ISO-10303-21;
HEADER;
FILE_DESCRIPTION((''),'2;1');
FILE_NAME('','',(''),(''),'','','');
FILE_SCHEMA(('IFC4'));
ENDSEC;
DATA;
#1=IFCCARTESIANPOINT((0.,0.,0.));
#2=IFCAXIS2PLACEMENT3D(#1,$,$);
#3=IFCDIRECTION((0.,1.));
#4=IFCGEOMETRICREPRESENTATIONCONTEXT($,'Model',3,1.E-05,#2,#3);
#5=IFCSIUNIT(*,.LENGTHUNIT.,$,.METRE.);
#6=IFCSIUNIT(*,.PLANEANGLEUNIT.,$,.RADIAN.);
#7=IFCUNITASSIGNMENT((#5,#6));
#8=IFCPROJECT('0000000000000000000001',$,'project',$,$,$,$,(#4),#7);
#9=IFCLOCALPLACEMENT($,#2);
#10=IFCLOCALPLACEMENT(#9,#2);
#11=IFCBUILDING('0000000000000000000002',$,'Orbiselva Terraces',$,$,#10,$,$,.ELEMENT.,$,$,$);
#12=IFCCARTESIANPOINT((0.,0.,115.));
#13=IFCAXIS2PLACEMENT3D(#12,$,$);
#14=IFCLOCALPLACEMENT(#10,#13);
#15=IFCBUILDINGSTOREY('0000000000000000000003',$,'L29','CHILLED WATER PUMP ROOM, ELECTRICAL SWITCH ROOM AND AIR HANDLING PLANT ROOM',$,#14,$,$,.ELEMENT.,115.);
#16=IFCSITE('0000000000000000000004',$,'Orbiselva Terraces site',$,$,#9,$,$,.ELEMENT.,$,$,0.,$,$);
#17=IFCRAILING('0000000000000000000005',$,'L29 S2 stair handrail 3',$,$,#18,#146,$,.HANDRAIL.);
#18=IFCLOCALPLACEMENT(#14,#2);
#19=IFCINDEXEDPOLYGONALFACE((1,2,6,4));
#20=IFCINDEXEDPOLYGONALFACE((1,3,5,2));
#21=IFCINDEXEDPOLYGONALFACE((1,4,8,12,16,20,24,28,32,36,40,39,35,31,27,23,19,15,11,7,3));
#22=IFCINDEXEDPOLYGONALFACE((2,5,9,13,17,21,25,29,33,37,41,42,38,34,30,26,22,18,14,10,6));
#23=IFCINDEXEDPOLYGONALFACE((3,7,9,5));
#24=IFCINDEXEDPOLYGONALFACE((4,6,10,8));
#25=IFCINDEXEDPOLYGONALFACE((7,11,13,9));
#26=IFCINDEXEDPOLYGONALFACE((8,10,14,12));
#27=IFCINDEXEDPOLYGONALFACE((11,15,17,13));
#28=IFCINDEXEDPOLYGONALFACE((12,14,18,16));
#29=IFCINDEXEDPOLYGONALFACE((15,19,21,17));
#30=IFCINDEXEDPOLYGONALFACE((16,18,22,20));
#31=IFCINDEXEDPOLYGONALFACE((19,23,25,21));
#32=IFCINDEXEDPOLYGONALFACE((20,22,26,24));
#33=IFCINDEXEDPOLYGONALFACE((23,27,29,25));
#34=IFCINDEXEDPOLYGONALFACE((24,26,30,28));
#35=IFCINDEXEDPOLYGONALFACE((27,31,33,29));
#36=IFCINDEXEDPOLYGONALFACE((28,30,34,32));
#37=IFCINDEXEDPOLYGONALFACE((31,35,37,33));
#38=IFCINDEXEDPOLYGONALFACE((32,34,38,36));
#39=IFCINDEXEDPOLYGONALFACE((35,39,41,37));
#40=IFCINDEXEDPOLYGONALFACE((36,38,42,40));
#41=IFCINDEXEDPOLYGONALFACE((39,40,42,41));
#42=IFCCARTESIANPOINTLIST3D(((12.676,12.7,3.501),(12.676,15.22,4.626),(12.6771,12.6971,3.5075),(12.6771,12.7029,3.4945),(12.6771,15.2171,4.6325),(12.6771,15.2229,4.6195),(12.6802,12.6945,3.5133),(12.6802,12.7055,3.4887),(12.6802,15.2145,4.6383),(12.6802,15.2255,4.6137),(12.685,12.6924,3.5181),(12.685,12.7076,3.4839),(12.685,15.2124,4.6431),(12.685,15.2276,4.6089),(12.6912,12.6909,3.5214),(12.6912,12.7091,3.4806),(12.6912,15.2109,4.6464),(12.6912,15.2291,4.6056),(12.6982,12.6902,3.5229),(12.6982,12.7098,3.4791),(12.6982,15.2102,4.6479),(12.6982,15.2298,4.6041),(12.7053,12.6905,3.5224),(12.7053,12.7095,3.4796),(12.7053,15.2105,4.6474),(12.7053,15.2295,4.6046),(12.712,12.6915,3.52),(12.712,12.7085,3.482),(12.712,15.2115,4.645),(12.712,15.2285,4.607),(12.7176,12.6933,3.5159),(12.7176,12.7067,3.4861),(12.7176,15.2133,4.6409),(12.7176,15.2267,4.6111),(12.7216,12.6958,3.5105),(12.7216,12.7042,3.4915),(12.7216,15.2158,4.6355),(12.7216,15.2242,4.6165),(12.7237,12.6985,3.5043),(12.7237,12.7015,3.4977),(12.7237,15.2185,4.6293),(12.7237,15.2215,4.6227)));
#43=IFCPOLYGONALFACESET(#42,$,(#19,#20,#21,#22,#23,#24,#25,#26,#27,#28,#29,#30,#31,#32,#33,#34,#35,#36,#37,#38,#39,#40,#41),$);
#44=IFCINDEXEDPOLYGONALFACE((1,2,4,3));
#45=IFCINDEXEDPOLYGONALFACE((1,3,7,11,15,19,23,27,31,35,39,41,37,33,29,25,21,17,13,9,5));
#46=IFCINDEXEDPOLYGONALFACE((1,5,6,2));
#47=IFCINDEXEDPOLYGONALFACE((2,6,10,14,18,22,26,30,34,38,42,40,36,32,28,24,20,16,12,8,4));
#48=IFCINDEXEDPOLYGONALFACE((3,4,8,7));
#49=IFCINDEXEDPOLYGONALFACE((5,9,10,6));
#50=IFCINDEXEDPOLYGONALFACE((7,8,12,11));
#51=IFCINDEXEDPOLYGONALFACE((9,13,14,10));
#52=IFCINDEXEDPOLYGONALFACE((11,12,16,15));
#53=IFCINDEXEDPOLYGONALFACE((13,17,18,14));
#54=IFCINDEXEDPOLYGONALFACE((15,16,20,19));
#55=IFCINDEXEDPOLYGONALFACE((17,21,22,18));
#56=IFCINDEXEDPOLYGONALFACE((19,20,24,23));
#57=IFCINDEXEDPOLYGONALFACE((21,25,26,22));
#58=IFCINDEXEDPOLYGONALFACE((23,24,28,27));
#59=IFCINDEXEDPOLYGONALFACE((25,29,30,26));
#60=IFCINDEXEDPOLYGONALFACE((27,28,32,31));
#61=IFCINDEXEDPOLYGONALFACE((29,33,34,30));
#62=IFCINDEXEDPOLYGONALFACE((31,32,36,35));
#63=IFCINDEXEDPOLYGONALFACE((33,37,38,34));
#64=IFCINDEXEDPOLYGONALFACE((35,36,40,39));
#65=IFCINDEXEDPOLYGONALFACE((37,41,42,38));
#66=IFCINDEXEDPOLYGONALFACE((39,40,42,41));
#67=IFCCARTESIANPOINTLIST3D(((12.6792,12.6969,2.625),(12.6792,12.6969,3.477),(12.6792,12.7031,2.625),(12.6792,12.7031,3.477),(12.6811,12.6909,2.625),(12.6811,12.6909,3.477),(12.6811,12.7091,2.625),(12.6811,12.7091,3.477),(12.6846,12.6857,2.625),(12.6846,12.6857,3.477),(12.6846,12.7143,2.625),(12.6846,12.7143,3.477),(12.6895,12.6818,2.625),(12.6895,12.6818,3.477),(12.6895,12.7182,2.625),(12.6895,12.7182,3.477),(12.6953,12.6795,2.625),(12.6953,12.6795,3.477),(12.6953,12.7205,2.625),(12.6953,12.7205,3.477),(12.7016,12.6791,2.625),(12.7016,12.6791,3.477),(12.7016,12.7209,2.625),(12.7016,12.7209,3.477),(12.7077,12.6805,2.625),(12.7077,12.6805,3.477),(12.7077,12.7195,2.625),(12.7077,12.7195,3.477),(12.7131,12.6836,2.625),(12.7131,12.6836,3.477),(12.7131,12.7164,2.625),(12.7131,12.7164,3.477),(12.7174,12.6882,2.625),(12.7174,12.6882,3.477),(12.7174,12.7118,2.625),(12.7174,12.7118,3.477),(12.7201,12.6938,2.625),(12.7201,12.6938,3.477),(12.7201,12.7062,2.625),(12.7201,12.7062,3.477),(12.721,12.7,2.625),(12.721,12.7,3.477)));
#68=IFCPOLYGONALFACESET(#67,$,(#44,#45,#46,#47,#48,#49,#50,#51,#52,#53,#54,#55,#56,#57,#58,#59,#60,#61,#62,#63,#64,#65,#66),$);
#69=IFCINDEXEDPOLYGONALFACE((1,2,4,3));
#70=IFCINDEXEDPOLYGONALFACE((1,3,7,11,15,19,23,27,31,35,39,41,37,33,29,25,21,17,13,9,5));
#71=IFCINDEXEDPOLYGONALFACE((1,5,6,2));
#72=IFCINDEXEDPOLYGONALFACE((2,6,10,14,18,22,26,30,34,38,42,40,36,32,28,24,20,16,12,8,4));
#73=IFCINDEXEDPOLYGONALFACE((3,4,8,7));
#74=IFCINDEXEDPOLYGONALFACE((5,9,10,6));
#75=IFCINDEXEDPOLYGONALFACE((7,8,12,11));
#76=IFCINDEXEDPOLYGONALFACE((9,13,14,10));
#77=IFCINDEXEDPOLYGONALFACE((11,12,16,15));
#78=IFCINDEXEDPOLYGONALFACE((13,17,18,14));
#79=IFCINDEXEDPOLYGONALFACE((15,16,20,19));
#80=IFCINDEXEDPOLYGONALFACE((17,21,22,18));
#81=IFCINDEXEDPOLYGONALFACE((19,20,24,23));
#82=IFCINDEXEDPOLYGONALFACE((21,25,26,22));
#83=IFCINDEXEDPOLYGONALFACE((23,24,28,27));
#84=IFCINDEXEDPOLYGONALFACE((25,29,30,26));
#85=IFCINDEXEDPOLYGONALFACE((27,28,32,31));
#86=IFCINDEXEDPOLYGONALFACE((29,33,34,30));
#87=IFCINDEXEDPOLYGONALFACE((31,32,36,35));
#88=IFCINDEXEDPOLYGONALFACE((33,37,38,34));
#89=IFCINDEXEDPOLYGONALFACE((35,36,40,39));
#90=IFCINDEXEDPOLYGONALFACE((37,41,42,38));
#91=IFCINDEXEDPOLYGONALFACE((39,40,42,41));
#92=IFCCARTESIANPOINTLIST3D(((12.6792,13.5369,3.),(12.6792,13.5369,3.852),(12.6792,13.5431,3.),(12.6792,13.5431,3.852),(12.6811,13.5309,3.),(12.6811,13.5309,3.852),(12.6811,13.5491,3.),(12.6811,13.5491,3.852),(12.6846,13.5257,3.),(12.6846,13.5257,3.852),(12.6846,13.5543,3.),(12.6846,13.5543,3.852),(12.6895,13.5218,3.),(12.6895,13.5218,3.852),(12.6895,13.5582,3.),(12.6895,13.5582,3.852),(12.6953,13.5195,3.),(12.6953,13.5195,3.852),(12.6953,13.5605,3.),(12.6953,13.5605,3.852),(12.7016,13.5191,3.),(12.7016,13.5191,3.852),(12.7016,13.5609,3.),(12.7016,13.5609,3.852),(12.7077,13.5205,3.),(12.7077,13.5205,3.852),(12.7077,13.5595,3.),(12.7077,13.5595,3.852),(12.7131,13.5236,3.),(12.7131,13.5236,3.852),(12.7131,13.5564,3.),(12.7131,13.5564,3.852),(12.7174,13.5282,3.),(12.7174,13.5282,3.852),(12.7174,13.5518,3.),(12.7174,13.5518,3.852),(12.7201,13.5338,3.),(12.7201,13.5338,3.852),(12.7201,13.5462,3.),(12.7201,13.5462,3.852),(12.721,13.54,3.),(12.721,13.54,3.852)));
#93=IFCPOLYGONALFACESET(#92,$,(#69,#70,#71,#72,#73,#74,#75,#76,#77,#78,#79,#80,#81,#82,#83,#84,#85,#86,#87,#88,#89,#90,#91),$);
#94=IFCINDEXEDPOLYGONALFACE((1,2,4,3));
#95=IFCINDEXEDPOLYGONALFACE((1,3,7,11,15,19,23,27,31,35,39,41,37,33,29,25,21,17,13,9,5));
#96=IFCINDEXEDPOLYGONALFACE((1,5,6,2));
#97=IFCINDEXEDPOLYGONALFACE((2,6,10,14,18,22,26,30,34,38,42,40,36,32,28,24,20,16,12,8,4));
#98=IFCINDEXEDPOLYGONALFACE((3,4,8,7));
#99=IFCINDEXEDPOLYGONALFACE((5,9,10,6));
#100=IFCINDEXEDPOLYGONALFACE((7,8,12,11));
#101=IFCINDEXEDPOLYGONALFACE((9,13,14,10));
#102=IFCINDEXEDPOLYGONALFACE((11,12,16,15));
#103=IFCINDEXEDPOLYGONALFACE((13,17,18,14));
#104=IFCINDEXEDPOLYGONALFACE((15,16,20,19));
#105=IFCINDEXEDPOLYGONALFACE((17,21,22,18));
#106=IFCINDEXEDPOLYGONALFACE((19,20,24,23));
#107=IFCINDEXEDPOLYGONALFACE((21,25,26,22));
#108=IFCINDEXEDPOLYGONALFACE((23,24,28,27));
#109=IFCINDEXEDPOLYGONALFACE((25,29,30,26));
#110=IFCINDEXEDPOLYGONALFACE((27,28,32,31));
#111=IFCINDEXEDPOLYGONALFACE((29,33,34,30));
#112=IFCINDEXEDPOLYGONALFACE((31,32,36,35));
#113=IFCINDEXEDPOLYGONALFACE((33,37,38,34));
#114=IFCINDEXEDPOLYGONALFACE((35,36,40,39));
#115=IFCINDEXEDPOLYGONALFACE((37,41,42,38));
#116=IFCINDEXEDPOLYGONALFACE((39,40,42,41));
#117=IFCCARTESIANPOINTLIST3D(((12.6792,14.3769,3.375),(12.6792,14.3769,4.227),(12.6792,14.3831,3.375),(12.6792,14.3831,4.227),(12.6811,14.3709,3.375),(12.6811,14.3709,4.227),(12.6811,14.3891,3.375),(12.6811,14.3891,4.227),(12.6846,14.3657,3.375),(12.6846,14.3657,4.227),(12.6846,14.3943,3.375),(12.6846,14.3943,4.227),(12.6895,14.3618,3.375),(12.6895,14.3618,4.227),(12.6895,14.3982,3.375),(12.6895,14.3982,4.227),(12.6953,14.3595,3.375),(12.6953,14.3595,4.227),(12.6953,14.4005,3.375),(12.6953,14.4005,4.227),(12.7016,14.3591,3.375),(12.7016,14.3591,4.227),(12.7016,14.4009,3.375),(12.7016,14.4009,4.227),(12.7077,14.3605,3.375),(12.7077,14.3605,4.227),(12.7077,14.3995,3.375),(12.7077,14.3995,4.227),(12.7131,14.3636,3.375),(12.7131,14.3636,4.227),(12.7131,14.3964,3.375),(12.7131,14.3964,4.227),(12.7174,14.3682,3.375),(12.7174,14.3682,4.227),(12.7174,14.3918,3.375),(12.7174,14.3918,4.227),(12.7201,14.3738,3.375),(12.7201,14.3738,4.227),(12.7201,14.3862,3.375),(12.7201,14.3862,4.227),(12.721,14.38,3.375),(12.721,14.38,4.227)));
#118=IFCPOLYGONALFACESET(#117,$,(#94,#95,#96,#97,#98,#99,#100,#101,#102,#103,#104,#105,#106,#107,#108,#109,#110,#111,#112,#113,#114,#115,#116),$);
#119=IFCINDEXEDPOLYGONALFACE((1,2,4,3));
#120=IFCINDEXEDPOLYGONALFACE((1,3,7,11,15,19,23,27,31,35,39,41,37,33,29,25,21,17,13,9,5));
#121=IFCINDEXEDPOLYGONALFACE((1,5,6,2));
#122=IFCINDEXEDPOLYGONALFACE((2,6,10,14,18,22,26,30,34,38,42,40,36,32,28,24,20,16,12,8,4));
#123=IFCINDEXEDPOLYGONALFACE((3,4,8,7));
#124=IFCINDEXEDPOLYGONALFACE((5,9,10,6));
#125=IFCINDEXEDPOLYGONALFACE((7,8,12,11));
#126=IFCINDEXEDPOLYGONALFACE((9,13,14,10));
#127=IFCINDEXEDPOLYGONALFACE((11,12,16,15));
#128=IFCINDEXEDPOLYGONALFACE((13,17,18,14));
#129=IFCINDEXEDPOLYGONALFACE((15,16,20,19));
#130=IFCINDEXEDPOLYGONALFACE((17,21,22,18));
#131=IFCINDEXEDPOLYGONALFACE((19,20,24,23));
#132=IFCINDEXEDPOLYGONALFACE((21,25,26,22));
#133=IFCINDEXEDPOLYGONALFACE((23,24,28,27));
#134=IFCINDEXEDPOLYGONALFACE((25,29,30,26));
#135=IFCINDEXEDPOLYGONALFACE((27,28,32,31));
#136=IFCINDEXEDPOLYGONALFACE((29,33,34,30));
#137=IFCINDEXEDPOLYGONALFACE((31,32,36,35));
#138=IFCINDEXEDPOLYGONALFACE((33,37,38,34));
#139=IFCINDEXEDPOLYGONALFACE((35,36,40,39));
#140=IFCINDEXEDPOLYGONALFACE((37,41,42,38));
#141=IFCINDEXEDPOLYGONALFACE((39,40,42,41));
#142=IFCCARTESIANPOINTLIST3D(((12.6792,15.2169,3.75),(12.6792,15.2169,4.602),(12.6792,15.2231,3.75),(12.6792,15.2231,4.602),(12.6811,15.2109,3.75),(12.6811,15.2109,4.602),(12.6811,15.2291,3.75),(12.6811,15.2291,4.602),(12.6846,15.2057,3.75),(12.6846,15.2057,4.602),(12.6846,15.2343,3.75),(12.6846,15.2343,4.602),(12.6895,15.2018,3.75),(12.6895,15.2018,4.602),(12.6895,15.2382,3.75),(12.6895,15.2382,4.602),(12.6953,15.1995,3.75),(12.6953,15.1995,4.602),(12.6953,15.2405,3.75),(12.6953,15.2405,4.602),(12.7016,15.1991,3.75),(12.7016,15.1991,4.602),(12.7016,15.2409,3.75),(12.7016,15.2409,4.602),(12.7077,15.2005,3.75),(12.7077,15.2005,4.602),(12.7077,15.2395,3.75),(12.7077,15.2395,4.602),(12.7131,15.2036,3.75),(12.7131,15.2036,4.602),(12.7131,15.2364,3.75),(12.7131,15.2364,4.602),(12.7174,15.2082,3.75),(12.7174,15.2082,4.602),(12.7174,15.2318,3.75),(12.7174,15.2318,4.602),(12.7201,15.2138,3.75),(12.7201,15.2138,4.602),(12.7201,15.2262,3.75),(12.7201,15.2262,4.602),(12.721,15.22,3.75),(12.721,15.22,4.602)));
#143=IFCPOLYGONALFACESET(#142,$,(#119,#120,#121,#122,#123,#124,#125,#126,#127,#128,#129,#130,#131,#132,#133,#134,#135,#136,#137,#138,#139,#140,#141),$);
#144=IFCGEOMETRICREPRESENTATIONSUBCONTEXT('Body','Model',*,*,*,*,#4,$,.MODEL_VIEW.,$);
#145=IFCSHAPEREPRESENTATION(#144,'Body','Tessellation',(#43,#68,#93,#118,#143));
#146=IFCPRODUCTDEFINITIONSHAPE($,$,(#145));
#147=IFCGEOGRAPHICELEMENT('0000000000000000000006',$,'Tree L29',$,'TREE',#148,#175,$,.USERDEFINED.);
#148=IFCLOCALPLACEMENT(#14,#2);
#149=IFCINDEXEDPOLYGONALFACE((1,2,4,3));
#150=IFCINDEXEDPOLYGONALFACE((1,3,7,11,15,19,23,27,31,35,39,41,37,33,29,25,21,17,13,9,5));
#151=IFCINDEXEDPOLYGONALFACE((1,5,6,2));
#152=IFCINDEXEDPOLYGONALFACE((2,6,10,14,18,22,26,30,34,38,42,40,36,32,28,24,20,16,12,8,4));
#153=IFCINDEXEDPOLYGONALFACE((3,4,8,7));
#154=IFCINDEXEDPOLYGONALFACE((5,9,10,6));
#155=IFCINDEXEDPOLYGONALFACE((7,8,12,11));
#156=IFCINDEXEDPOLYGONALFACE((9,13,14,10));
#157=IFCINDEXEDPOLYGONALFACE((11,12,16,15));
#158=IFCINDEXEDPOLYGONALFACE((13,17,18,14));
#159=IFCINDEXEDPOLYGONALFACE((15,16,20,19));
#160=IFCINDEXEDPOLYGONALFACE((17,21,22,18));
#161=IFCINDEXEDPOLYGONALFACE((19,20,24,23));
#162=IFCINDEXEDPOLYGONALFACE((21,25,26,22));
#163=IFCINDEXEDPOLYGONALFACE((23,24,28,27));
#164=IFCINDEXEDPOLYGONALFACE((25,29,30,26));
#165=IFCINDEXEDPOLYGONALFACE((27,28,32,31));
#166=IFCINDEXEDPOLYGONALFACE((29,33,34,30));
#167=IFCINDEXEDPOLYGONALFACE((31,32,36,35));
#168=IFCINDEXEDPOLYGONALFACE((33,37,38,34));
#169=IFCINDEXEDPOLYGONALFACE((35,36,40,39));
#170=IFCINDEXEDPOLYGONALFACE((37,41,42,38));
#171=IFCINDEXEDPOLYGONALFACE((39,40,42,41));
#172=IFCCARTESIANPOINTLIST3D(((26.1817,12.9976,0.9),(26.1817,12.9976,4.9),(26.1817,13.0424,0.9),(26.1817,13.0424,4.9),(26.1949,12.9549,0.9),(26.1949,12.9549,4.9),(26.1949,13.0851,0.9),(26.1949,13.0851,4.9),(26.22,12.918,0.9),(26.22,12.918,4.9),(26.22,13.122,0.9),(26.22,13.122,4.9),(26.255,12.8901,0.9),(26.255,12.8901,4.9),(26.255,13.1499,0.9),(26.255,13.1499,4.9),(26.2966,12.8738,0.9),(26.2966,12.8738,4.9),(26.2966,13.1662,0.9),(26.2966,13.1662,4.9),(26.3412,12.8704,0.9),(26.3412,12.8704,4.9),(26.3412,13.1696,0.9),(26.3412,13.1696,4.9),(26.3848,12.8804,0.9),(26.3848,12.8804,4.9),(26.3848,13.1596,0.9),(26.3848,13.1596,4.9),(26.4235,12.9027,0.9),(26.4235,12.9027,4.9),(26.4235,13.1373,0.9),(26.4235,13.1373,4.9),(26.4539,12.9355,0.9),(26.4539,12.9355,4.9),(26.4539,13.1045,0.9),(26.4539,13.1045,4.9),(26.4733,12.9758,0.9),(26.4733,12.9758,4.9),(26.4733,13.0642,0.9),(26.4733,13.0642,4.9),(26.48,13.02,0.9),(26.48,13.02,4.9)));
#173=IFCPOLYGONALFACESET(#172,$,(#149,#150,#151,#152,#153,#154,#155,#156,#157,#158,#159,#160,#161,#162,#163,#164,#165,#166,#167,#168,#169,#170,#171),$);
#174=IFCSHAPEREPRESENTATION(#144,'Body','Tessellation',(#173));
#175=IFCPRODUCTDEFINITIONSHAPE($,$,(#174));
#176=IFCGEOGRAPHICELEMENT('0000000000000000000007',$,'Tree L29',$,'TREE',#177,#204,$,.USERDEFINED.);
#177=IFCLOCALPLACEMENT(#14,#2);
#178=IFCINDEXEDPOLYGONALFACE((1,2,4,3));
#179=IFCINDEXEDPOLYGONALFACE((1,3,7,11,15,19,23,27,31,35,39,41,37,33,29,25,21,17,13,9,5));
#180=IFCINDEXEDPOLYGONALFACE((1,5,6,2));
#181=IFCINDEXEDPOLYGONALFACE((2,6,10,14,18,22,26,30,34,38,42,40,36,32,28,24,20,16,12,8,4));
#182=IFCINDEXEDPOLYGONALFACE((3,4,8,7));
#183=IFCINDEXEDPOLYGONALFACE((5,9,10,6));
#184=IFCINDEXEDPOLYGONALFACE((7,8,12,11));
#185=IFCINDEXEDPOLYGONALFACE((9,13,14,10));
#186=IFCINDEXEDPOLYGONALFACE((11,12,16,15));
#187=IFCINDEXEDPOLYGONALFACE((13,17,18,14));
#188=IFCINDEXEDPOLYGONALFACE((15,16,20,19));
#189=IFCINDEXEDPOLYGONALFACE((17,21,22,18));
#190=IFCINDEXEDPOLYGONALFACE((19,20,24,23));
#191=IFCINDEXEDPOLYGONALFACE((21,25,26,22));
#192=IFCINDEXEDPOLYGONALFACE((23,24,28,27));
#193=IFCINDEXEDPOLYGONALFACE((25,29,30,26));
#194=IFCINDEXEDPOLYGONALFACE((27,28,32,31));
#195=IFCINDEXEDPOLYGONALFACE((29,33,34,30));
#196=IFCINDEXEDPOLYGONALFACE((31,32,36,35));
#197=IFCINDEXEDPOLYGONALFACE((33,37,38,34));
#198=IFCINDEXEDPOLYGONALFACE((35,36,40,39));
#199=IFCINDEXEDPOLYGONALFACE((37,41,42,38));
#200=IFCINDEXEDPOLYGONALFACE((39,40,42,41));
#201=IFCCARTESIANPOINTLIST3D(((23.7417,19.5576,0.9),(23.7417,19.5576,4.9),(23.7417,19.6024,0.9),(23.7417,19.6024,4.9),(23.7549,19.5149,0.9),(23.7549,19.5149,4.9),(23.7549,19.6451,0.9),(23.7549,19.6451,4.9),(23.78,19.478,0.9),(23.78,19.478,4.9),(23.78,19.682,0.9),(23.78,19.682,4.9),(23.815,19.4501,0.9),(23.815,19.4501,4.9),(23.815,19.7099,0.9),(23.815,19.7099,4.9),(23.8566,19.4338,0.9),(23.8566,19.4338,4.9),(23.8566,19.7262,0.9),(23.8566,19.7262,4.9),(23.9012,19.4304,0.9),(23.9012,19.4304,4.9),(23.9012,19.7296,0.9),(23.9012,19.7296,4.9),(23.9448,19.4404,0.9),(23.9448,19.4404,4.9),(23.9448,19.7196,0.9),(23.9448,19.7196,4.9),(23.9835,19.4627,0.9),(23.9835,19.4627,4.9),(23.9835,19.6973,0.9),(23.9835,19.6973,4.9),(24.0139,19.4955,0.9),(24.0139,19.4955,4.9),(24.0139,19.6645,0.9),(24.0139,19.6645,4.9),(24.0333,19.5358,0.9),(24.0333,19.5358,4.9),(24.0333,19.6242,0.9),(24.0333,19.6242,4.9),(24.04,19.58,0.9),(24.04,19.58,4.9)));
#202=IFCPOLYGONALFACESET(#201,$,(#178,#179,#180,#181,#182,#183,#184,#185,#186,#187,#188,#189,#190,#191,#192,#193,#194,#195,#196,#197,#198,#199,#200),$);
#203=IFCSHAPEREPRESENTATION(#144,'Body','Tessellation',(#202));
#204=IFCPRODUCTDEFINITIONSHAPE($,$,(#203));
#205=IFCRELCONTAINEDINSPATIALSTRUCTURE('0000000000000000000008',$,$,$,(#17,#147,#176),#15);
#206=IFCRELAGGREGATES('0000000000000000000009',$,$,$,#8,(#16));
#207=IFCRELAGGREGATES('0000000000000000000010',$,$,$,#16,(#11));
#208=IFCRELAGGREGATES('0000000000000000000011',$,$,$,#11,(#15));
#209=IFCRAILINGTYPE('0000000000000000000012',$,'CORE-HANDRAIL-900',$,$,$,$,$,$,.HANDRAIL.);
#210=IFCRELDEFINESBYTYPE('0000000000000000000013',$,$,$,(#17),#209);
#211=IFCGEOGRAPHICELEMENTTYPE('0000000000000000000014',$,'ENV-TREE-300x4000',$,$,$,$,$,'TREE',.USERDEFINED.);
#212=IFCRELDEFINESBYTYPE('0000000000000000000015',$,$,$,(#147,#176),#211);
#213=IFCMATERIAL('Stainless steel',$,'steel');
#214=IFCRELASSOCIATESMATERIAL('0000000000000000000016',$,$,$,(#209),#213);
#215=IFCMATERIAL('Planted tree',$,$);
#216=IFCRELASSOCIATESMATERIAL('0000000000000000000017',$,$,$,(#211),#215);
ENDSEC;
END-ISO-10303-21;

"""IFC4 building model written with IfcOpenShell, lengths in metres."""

from ifc_helpers import new_model, si_unit, direction, frame, origin, origin_2d, place, context, subcontext, project, spatial, circle, extrude, material, type_object, element, save


model = new_model("IFC4")

# Units and contexts
model_context = context("Model", 3, precision=1e-05, world=origin(), true_north=direction((0.0, 1.0)))
body_context = subcontext(model_context, "Body", "Model", "MODEL_VIEW")
ifc_project = project(units=[si_unit("LENGTHUNIT", "METRE"), si_unit("PLANEANGLEUNIT", "RADIAN")], contexts=[model_context])

# Site, building, storey
site_placement = place(None, origin())
site = spatial("IfcSite", under=ifc_project, at=site_placement, Name="Orbiselva Terraces site", CompositionType="ELEMENT", RefElevation=0.0)
building_placement = place(site_placement, origin())
building = spatial("IfcBuilding", under=site, at=building_placement, Name="Orbiselva Terraces", CompositionType="ELEMENT")
storey_placement = place(building_placement, frame((0.0, 0.0, 115.0)))
storey = spatial("IfcBuildingStorey", under=building, at=storey_placement, Name="L29", Description="CHILLED WATER PUMP ROOM, ELECTRICAL SWITCH ROOM AND AIR HANDLING PLANT ROOM", CompositionType="ELEMENT", Elevation=115.0)

# Railing
ifc_material_1 = material(Name="Stainless steel", Category="steel")
railing_type = type_object("IfcRailingType", Name="CORE-HANDRAIL-900", PredefinedType="HANDRAIL", material=ifc_material_1)
for number, where, name in (
    (1, (12.7, 12.7, 2.625), "L29 S2 stair handrail 3"),
):
    element("IfcRailing", number, at=place(storey_placement, frame(where)), inside=storey, type_object=railing_type, Name=name, PredefinedType="HANDRAIL", context=body_context, shape_type="SweptSolid", body=[
        extrude(circle(Radius=0.024, at=origin_2d()), frame((0.0, 0.0, 0.876), z_axis=(0.0, 0.913138, 0.407651), x_axis=(-1.0, 0.0, 0.0)), (0.0, 0.0, 1.0), 2.7597),
        extrude(circle(Radius=0.021, at=origin_2d()), origin(), (0.0, 0.0, 1.0), 0.852),
        extrude(circle(Radius=0.021, at=origin_2d()), frame((0.0, 0.84, 0.375)), (0.0, 0.0, 1.0), 0.852),
        extrude(circle(Radius=0.021, at=origin_2d()), frame((0.0, 1.68, 0.75)), (0.0, 0.0, 1.0), 0.852),
        extrude(circle(Radius=0.021, at=origin_2d()), frame((0.0, 2.52, 1.125)), (0.0, 0.0, 1.0), 0.852),
    ])

# Geographic elements
ifc_material_2 = material(Name="Planted tree")
geographic_element_type = type_object("IfcGeographicElementType", Name="ENV-TREE-300x4000", ElementType="TREE", PredefinedType="USERDEFINED", material=ifc_material_2)
for number, where, z_axis, x_axis, name in (
    (2, (26.33, 13.02, 4.9), (0.0, 0.0, -1.0), (1.0, 0.0, 0.0), "Tree L29"),
    (3, (23.89, 19.58, 4.9), (0.0, 0.0, -1.0), (1.0, 0.0, 0.0), "Tree L29"),
):
    element("IfcGeographicElement", number, at=place(storey_placement, frame(where, z_axis=z_axis, x_axis=x_axis)), inside=storey, type_object=geographic_element_type, Name=name, ObjectType="TREE", PredefinedType="USERDEFINED", context=body_context, shape_type="SweptSolid", body=[
        extrude(circle(Radius=0.15, at=origin_2d()), origin(), (0.0, 0.0, 1.0), 4.0),
    ])

save(model, "model.ifc")
